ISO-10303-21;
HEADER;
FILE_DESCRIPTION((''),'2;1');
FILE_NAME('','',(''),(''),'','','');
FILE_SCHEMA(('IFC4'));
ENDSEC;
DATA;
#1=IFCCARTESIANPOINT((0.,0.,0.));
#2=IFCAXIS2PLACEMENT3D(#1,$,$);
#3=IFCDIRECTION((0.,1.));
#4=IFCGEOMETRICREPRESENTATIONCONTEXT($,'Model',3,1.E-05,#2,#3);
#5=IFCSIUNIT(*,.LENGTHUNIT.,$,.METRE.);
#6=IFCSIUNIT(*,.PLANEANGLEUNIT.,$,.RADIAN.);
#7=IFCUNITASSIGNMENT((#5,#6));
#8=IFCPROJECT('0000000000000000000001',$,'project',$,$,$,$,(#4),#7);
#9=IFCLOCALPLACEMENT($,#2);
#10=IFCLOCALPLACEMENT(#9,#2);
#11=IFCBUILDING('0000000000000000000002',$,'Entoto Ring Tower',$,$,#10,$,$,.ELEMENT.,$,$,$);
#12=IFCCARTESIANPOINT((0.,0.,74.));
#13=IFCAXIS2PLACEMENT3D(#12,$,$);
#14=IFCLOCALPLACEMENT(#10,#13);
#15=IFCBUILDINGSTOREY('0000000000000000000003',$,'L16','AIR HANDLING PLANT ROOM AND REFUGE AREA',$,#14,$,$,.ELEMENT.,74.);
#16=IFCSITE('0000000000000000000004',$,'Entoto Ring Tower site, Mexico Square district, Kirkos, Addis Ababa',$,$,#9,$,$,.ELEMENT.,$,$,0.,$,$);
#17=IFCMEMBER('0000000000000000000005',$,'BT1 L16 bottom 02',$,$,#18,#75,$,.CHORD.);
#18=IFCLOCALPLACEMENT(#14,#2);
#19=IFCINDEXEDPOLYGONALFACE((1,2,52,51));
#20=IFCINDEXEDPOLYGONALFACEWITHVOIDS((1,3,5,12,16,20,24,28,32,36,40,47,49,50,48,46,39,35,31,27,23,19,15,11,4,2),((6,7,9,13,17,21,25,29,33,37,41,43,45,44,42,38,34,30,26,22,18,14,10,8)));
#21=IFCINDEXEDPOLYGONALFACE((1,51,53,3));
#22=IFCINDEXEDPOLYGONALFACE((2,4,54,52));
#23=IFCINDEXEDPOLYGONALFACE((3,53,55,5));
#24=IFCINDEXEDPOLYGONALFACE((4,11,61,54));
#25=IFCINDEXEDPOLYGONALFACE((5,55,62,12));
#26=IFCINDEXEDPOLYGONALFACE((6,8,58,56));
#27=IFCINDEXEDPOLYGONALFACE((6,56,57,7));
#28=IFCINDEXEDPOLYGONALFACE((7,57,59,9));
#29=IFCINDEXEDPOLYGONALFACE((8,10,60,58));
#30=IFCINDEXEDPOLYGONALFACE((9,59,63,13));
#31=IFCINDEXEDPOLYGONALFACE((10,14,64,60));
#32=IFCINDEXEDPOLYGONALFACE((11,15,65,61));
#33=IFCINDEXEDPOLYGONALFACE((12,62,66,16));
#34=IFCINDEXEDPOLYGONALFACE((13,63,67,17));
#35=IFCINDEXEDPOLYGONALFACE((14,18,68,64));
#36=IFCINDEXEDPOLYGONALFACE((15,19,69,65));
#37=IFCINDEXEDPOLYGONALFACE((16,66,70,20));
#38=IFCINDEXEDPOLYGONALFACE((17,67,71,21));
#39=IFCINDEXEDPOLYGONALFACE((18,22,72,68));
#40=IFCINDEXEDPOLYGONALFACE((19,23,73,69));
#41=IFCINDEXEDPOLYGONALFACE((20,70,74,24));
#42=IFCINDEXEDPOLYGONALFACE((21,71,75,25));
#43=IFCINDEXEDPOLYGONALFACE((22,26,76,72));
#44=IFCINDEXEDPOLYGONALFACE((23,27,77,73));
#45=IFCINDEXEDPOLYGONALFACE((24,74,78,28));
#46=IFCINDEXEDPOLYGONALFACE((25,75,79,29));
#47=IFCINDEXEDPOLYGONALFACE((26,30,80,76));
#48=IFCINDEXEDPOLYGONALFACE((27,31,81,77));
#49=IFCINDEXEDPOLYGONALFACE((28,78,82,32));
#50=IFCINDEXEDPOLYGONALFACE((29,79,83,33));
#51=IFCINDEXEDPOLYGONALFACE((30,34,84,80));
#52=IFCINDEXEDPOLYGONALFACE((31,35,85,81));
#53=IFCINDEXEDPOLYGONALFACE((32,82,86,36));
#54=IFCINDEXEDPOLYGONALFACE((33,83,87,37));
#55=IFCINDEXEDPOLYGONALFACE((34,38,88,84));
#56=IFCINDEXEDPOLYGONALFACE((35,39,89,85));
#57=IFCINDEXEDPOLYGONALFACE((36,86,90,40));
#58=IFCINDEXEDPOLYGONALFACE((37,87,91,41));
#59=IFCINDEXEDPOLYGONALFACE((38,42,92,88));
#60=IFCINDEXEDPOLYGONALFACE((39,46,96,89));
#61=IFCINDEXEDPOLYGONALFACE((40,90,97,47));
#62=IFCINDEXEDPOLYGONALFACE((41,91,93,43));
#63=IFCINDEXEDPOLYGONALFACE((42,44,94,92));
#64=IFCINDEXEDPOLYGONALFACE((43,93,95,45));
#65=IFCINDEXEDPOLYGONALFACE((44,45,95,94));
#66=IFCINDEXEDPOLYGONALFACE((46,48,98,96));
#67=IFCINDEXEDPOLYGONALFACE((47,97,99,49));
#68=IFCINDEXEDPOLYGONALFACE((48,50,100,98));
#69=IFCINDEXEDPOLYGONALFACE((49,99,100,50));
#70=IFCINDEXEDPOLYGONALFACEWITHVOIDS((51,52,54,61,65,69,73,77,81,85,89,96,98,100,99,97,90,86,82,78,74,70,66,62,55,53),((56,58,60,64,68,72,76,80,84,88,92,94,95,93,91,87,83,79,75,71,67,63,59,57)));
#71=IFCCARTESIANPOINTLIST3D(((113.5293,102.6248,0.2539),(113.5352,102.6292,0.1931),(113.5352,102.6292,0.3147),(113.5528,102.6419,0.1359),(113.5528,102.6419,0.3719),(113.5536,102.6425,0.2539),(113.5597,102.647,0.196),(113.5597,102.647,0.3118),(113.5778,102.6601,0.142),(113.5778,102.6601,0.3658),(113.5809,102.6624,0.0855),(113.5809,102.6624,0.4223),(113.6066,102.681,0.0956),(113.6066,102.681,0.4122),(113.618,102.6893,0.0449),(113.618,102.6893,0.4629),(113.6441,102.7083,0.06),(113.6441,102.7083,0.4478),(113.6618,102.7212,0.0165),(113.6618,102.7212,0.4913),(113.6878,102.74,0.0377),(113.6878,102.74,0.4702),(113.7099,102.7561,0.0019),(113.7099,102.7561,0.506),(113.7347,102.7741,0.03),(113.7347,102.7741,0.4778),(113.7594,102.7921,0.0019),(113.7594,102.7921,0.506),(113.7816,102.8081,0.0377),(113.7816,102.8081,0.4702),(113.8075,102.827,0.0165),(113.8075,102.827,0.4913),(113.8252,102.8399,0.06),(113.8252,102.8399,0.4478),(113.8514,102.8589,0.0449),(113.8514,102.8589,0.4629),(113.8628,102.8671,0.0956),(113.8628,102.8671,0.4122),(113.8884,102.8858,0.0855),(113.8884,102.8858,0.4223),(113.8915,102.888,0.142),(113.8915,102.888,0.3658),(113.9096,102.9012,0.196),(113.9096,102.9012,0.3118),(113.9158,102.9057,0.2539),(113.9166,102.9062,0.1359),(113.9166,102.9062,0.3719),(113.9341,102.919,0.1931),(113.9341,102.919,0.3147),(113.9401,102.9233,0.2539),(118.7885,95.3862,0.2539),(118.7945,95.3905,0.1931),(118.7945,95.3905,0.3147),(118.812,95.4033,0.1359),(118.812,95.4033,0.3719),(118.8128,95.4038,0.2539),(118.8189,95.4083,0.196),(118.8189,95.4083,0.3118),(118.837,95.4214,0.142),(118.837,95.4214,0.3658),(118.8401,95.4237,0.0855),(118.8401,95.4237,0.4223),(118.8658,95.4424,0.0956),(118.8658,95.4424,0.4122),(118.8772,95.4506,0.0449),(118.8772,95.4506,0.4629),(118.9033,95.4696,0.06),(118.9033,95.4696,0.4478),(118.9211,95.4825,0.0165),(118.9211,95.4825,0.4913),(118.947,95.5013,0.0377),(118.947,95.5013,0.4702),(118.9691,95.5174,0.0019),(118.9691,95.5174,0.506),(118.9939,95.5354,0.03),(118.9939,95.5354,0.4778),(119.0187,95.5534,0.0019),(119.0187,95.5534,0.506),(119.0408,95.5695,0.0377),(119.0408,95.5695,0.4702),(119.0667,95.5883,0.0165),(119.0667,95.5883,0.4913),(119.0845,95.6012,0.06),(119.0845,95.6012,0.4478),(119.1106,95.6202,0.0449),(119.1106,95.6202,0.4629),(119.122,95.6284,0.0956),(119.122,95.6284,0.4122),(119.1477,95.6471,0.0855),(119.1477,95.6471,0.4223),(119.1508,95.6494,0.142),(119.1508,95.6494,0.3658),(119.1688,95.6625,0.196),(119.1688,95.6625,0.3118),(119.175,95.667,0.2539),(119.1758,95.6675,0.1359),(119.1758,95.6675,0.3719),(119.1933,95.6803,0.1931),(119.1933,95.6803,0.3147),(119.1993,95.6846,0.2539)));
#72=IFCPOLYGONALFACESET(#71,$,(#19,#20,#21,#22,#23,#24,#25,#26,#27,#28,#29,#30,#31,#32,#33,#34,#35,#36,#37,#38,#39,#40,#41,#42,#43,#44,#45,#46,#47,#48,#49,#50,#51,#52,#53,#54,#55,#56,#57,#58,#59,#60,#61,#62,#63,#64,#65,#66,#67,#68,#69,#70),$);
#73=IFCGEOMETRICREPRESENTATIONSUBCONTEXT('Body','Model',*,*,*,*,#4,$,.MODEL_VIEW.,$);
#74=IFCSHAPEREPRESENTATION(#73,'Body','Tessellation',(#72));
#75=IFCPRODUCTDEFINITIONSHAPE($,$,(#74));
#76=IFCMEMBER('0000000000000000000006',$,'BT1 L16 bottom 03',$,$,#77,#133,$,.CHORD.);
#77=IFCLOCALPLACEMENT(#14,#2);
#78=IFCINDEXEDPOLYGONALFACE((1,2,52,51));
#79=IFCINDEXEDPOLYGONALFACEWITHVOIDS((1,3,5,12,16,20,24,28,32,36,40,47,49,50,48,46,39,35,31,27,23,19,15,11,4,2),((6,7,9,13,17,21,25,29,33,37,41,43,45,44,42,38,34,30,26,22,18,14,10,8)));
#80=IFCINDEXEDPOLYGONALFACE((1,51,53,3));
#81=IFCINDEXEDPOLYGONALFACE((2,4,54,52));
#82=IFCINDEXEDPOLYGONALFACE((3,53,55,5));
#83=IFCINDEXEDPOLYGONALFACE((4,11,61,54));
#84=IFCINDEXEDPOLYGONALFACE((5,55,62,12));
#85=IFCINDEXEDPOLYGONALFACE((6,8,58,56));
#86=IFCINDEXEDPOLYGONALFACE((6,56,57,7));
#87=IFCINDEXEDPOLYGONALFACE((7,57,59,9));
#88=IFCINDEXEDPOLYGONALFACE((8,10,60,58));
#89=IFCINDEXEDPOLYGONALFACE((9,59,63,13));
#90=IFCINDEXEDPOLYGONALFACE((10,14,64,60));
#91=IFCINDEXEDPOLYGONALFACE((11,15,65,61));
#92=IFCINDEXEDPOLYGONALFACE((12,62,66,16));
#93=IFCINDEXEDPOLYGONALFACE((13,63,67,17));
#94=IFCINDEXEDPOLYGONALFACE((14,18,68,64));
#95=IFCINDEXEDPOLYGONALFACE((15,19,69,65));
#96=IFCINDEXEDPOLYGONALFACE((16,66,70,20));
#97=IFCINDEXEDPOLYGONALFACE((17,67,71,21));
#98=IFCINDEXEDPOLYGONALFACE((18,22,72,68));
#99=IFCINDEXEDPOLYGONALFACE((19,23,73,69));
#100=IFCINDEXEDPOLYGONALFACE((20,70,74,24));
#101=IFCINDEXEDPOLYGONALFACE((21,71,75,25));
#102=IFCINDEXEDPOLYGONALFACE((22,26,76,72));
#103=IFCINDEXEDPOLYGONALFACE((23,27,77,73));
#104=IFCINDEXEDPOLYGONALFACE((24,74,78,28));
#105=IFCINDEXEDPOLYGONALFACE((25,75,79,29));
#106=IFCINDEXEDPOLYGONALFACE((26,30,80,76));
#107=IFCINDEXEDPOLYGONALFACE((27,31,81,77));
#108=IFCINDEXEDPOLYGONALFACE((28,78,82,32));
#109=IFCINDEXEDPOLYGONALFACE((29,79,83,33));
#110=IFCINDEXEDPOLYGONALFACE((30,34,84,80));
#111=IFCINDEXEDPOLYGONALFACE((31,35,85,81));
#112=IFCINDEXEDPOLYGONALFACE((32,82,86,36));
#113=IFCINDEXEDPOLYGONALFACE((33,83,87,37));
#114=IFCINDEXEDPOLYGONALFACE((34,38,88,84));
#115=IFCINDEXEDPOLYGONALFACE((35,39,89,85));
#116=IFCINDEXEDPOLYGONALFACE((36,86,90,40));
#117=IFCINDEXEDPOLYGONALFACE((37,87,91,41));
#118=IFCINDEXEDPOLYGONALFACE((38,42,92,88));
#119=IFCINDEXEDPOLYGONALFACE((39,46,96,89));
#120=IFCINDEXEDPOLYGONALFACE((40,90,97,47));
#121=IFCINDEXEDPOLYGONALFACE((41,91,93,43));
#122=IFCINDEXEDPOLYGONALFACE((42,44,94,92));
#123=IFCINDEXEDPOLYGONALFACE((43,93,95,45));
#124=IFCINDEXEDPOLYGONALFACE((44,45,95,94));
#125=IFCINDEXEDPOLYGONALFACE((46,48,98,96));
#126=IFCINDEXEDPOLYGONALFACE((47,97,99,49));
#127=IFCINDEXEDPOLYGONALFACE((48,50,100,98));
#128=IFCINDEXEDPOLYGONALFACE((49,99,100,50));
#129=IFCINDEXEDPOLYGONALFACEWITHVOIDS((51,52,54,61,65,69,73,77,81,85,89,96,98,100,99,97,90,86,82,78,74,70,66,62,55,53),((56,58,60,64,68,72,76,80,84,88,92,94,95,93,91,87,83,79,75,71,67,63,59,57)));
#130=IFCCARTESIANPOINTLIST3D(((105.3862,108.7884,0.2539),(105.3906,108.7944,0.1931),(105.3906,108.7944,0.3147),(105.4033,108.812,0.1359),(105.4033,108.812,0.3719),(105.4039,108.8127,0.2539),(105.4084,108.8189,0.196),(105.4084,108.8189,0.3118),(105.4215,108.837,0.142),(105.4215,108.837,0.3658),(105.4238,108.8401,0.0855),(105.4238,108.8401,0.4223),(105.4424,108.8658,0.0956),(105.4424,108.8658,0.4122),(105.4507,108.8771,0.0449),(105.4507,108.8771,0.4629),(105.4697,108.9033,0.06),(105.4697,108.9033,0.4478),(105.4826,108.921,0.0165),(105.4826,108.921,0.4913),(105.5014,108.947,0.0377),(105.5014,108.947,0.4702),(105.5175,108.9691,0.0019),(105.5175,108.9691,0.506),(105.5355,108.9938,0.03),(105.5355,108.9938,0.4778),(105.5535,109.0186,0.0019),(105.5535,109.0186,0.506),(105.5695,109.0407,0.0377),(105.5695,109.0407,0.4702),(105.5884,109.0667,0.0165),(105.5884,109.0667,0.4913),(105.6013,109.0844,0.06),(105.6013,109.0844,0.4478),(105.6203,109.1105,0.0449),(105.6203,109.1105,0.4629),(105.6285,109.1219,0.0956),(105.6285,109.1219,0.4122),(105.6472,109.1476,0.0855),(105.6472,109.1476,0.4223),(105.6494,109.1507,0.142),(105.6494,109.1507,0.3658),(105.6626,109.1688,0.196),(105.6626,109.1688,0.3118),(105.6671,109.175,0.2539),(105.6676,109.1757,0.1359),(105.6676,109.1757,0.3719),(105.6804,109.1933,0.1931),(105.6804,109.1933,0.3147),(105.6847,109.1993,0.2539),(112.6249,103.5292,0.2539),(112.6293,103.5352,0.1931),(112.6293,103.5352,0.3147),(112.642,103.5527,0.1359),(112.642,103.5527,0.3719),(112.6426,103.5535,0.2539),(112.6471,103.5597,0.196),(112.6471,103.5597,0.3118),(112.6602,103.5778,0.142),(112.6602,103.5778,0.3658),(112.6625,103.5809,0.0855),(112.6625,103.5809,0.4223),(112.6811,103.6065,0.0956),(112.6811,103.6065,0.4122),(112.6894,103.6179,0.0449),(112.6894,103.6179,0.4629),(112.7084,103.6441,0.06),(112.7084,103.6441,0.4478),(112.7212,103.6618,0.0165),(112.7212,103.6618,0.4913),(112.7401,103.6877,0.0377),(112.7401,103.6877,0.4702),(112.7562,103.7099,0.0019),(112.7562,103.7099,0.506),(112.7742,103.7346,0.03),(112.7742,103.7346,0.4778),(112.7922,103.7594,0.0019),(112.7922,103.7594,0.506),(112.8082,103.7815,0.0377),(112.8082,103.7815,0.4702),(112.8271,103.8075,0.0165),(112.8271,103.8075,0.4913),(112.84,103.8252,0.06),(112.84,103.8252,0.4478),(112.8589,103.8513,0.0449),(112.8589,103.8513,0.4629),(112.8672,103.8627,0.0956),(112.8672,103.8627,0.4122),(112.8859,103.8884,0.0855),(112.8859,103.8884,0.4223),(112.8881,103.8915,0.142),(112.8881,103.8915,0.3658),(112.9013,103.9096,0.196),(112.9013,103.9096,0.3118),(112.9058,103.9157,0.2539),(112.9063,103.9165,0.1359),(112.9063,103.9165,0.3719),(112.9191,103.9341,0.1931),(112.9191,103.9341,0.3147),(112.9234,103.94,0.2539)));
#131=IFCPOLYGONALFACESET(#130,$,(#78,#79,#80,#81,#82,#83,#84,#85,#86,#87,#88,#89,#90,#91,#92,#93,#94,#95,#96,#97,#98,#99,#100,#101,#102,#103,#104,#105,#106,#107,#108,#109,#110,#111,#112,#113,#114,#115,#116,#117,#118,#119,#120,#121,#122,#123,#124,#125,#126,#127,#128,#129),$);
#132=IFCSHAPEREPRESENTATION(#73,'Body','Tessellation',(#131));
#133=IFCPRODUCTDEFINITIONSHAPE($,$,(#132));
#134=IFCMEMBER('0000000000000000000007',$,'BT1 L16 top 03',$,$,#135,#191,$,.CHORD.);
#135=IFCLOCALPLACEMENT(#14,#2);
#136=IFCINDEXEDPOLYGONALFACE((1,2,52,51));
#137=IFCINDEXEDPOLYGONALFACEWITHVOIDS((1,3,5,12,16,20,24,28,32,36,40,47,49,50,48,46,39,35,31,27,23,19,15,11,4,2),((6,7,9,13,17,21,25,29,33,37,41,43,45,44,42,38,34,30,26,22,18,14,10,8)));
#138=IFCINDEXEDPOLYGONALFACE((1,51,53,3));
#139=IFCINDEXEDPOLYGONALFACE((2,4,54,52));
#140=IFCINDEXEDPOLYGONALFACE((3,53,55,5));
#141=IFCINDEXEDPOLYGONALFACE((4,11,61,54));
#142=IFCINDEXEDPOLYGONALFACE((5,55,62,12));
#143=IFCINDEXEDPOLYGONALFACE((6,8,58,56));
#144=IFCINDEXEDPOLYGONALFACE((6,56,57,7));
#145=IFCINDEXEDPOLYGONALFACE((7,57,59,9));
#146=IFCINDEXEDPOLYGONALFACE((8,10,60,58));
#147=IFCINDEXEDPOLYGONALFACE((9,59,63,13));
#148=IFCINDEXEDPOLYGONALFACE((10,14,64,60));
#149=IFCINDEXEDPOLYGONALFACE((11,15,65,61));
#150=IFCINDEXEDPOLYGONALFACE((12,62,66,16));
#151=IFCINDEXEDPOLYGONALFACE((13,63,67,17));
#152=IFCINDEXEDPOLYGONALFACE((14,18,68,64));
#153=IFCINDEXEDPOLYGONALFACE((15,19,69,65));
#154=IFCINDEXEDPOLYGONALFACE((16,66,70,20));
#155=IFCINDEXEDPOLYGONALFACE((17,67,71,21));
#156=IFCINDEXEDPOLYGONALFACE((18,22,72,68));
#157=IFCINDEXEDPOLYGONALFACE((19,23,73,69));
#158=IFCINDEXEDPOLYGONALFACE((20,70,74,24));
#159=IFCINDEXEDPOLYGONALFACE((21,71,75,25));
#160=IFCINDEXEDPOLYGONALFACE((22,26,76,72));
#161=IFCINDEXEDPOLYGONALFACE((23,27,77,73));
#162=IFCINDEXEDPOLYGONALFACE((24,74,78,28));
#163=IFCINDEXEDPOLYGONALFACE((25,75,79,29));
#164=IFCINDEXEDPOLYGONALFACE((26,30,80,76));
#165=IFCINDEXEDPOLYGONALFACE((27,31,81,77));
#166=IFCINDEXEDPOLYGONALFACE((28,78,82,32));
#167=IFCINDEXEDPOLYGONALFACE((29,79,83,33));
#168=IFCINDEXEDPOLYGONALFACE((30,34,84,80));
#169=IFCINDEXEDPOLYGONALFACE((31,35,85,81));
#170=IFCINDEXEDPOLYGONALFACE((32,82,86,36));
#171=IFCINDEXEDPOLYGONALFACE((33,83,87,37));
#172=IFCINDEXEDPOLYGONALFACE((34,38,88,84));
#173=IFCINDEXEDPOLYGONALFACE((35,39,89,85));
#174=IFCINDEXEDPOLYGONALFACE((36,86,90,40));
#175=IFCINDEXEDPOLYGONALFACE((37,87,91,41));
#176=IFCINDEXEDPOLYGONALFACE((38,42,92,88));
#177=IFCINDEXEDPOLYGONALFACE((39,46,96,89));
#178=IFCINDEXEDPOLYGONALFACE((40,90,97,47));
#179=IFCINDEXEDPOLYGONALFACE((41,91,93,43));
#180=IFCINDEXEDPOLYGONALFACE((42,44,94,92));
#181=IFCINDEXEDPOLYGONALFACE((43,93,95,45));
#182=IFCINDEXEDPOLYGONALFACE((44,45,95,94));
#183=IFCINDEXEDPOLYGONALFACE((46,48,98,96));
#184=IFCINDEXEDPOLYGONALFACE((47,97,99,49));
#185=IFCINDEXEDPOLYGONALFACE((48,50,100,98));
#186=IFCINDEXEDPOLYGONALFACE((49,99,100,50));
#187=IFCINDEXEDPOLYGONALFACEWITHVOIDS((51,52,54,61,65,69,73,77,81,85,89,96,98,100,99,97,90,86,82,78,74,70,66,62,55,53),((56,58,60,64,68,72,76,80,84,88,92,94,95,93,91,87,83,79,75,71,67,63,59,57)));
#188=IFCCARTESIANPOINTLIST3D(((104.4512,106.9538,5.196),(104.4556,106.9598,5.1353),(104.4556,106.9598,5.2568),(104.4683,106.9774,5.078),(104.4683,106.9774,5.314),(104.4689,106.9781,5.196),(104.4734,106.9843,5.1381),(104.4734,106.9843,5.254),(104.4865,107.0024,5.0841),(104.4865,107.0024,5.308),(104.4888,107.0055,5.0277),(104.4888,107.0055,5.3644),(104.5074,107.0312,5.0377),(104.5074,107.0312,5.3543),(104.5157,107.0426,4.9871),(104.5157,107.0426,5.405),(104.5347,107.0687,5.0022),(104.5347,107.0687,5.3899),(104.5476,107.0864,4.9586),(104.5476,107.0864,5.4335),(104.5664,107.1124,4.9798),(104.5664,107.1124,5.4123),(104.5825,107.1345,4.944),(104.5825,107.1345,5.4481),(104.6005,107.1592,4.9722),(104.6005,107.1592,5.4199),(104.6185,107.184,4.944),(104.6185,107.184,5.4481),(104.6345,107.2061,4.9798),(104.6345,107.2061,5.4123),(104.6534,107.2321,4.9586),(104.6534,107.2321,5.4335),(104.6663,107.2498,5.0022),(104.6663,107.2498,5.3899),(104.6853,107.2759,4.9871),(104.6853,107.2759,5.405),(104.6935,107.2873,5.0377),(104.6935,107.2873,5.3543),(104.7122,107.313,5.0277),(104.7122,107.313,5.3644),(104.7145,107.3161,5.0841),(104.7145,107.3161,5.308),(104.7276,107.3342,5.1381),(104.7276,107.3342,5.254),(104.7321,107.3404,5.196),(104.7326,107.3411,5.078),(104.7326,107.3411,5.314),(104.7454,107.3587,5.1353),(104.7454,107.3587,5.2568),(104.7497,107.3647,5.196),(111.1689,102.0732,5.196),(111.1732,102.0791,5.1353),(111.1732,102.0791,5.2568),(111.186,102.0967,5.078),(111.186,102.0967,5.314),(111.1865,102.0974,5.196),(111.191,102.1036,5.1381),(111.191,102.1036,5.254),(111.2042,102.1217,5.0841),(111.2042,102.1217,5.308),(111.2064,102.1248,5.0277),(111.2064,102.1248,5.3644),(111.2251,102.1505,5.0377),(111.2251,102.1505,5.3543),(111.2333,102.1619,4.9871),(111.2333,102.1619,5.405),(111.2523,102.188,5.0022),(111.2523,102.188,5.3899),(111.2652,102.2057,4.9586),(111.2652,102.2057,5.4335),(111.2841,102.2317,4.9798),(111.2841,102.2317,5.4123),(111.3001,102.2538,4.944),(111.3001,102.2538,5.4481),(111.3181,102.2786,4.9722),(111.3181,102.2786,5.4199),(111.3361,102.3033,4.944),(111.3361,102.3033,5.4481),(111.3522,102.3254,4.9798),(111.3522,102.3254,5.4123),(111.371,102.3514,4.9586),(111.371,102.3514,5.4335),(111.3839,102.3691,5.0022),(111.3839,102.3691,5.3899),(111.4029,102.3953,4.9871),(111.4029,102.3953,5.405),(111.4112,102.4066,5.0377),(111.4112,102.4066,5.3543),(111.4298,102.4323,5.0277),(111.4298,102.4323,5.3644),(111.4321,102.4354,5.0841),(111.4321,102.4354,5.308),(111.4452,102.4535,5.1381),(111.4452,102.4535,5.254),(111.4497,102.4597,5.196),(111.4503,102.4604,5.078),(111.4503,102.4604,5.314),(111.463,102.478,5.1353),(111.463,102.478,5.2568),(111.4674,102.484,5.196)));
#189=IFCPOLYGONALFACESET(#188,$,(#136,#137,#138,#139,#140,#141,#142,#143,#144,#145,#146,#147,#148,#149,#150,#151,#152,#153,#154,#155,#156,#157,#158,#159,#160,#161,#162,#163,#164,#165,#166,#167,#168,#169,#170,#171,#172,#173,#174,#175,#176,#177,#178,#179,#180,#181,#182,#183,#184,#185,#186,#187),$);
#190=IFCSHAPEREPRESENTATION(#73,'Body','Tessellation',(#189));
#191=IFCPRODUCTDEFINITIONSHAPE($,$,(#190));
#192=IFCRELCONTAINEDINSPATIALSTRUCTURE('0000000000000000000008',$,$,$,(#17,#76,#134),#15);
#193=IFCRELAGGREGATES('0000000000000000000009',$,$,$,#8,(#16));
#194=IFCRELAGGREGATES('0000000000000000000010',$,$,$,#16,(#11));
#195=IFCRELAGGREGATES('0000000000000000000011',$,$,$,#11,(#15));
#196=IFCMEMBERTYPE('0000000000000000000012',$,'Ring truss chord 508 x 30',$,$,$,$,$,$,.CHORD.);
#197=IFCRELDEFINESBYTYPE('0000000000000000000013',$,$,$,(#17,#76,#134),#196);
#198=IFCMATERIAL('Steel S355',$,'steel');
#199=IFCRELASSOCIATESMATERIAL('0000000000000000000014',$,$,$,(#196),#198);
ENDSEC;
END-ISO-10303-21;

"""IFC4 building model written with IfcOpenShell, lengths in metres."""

from ifc_helpers import new_model, si_unit, direction, frame, origin, origin_2d, place, context, subcontext, project, spatial, circle, hollow_circle, extrude, material, material_profile, profile_set, type_object, element, save


model = new_model("IFC4")

# Units and contexts
model_context = context("Model", 3, precision=1e-05, world=origin(), true_north=direction((0.0, 1.0)))
body_context = subcontext(model_context, "Body", "Model", "MODEL_VIEW")
ifc_project = project(units=[si_unit("LENGTHUNIT", "METRE"), si_unit("PLANEANGLEUNIT", "RADIAN")], contexts=[model_context])

# Site, building, storey
site_placement = place(None, origin())
site = spatial("IfcSite", under=ifc_project, at=site_placement, Name="Entoto Ring Tower site, Mexico Square district, Kirkos, Addis Ababa", CompositionType="ELEMENT", RefElevation=0.0)
building_placement = place(site_placement, origin())
building = spatial("IfcBuilding", under=site, at=building_placement, Name="Entoto Ring Tower", CompositionType="ELEMENT")
storey_placement = place(building_placement, frame((0.0, 0.0, 74.0)))
storey = spatial("IfcBuildingStorey", under=building, at=storey_placement, Name="L16", Description="AIR HANDLING PLANT ROOM AND REFUGE AREA", CompositionType="ELEMENT", Elevation=74.0)

# Members
ifc_material_1 = material(Name="Steel S355", Category="steel")
ifc_material_profile_1 = material_profile(ifc_material_1, hollow_circle(Radius=0.2539, WallThickness=0.03, at=origin_2d()), Name="CHS 508 x 30")
ifc_material_2 = material(Name="Concrete C60/75", Category="concrete")
ifc_material_profile_2 = material_profile(ifc_material_2, circle(Radius=0.2241, at=origin_2d()), Name="Concrete C60/75 infill")
ifc_profile_set_1 = profile_set([ifc_material_profile_1, ifc_material_profile_2], Name="Steel S355")
member_type_1 = type_object("IfcMemberType", Name="Ring truss chord 508 x 30", PredefinedType="CHORD", material=ifc_profile_set_1)
for number, where, z_axis, x_axis, name in (
    (1, (118.9939, 95.5354, 0.2539), (-0.587786, 0.809017, 0.0), (-0.809017, -0.587786, 0.0), "BT1 L16 bottom 02"),
    (2, (112.7742, 103.7346, 0.2539), (-0.809017, 0.587786, 0.0), (-0.587786, -0.809017, 0.0), "BT1 L16 bottom 03"),
):
    element("IfcMember", number, at=place(storey_placement, frame(where, z_axis=z_axis, x_axis=x_axis)), inside=storey, type_object=member_type_1, Name=name, PredefinedType="CHORD", context=body_context, shape_type="SweptSolid", body=[
        extrude(hollow_circle(Radius=0.2539, WallThickness=0.03, at=origin_2d()), origin(), (0.0, 0.0, 1.0), 8.9475),
    ])
member_1_placement = place(storey_placement, frame((111.3181, 102.2786, 5.196), z_axis=(-0.809014, 0.587789, 0.0), x_axis=(-0.587789, -0.809014, 0.0)))
element("IfcMember", 3, at=member_1_placement, inside=storey, type_object=member_type_1, Name="BT1 L16 top 03", PredefinedType="CHORD", context=body_context, shape_type="SweptSolid", body=[
    extrude(hollow_circle(Radius=0.2539, WallThickness=0.03, at=origin_2d()), origin(), (0.0, 0.0, 1.0), 8.3035),
])

save(model, "model.ifc")
